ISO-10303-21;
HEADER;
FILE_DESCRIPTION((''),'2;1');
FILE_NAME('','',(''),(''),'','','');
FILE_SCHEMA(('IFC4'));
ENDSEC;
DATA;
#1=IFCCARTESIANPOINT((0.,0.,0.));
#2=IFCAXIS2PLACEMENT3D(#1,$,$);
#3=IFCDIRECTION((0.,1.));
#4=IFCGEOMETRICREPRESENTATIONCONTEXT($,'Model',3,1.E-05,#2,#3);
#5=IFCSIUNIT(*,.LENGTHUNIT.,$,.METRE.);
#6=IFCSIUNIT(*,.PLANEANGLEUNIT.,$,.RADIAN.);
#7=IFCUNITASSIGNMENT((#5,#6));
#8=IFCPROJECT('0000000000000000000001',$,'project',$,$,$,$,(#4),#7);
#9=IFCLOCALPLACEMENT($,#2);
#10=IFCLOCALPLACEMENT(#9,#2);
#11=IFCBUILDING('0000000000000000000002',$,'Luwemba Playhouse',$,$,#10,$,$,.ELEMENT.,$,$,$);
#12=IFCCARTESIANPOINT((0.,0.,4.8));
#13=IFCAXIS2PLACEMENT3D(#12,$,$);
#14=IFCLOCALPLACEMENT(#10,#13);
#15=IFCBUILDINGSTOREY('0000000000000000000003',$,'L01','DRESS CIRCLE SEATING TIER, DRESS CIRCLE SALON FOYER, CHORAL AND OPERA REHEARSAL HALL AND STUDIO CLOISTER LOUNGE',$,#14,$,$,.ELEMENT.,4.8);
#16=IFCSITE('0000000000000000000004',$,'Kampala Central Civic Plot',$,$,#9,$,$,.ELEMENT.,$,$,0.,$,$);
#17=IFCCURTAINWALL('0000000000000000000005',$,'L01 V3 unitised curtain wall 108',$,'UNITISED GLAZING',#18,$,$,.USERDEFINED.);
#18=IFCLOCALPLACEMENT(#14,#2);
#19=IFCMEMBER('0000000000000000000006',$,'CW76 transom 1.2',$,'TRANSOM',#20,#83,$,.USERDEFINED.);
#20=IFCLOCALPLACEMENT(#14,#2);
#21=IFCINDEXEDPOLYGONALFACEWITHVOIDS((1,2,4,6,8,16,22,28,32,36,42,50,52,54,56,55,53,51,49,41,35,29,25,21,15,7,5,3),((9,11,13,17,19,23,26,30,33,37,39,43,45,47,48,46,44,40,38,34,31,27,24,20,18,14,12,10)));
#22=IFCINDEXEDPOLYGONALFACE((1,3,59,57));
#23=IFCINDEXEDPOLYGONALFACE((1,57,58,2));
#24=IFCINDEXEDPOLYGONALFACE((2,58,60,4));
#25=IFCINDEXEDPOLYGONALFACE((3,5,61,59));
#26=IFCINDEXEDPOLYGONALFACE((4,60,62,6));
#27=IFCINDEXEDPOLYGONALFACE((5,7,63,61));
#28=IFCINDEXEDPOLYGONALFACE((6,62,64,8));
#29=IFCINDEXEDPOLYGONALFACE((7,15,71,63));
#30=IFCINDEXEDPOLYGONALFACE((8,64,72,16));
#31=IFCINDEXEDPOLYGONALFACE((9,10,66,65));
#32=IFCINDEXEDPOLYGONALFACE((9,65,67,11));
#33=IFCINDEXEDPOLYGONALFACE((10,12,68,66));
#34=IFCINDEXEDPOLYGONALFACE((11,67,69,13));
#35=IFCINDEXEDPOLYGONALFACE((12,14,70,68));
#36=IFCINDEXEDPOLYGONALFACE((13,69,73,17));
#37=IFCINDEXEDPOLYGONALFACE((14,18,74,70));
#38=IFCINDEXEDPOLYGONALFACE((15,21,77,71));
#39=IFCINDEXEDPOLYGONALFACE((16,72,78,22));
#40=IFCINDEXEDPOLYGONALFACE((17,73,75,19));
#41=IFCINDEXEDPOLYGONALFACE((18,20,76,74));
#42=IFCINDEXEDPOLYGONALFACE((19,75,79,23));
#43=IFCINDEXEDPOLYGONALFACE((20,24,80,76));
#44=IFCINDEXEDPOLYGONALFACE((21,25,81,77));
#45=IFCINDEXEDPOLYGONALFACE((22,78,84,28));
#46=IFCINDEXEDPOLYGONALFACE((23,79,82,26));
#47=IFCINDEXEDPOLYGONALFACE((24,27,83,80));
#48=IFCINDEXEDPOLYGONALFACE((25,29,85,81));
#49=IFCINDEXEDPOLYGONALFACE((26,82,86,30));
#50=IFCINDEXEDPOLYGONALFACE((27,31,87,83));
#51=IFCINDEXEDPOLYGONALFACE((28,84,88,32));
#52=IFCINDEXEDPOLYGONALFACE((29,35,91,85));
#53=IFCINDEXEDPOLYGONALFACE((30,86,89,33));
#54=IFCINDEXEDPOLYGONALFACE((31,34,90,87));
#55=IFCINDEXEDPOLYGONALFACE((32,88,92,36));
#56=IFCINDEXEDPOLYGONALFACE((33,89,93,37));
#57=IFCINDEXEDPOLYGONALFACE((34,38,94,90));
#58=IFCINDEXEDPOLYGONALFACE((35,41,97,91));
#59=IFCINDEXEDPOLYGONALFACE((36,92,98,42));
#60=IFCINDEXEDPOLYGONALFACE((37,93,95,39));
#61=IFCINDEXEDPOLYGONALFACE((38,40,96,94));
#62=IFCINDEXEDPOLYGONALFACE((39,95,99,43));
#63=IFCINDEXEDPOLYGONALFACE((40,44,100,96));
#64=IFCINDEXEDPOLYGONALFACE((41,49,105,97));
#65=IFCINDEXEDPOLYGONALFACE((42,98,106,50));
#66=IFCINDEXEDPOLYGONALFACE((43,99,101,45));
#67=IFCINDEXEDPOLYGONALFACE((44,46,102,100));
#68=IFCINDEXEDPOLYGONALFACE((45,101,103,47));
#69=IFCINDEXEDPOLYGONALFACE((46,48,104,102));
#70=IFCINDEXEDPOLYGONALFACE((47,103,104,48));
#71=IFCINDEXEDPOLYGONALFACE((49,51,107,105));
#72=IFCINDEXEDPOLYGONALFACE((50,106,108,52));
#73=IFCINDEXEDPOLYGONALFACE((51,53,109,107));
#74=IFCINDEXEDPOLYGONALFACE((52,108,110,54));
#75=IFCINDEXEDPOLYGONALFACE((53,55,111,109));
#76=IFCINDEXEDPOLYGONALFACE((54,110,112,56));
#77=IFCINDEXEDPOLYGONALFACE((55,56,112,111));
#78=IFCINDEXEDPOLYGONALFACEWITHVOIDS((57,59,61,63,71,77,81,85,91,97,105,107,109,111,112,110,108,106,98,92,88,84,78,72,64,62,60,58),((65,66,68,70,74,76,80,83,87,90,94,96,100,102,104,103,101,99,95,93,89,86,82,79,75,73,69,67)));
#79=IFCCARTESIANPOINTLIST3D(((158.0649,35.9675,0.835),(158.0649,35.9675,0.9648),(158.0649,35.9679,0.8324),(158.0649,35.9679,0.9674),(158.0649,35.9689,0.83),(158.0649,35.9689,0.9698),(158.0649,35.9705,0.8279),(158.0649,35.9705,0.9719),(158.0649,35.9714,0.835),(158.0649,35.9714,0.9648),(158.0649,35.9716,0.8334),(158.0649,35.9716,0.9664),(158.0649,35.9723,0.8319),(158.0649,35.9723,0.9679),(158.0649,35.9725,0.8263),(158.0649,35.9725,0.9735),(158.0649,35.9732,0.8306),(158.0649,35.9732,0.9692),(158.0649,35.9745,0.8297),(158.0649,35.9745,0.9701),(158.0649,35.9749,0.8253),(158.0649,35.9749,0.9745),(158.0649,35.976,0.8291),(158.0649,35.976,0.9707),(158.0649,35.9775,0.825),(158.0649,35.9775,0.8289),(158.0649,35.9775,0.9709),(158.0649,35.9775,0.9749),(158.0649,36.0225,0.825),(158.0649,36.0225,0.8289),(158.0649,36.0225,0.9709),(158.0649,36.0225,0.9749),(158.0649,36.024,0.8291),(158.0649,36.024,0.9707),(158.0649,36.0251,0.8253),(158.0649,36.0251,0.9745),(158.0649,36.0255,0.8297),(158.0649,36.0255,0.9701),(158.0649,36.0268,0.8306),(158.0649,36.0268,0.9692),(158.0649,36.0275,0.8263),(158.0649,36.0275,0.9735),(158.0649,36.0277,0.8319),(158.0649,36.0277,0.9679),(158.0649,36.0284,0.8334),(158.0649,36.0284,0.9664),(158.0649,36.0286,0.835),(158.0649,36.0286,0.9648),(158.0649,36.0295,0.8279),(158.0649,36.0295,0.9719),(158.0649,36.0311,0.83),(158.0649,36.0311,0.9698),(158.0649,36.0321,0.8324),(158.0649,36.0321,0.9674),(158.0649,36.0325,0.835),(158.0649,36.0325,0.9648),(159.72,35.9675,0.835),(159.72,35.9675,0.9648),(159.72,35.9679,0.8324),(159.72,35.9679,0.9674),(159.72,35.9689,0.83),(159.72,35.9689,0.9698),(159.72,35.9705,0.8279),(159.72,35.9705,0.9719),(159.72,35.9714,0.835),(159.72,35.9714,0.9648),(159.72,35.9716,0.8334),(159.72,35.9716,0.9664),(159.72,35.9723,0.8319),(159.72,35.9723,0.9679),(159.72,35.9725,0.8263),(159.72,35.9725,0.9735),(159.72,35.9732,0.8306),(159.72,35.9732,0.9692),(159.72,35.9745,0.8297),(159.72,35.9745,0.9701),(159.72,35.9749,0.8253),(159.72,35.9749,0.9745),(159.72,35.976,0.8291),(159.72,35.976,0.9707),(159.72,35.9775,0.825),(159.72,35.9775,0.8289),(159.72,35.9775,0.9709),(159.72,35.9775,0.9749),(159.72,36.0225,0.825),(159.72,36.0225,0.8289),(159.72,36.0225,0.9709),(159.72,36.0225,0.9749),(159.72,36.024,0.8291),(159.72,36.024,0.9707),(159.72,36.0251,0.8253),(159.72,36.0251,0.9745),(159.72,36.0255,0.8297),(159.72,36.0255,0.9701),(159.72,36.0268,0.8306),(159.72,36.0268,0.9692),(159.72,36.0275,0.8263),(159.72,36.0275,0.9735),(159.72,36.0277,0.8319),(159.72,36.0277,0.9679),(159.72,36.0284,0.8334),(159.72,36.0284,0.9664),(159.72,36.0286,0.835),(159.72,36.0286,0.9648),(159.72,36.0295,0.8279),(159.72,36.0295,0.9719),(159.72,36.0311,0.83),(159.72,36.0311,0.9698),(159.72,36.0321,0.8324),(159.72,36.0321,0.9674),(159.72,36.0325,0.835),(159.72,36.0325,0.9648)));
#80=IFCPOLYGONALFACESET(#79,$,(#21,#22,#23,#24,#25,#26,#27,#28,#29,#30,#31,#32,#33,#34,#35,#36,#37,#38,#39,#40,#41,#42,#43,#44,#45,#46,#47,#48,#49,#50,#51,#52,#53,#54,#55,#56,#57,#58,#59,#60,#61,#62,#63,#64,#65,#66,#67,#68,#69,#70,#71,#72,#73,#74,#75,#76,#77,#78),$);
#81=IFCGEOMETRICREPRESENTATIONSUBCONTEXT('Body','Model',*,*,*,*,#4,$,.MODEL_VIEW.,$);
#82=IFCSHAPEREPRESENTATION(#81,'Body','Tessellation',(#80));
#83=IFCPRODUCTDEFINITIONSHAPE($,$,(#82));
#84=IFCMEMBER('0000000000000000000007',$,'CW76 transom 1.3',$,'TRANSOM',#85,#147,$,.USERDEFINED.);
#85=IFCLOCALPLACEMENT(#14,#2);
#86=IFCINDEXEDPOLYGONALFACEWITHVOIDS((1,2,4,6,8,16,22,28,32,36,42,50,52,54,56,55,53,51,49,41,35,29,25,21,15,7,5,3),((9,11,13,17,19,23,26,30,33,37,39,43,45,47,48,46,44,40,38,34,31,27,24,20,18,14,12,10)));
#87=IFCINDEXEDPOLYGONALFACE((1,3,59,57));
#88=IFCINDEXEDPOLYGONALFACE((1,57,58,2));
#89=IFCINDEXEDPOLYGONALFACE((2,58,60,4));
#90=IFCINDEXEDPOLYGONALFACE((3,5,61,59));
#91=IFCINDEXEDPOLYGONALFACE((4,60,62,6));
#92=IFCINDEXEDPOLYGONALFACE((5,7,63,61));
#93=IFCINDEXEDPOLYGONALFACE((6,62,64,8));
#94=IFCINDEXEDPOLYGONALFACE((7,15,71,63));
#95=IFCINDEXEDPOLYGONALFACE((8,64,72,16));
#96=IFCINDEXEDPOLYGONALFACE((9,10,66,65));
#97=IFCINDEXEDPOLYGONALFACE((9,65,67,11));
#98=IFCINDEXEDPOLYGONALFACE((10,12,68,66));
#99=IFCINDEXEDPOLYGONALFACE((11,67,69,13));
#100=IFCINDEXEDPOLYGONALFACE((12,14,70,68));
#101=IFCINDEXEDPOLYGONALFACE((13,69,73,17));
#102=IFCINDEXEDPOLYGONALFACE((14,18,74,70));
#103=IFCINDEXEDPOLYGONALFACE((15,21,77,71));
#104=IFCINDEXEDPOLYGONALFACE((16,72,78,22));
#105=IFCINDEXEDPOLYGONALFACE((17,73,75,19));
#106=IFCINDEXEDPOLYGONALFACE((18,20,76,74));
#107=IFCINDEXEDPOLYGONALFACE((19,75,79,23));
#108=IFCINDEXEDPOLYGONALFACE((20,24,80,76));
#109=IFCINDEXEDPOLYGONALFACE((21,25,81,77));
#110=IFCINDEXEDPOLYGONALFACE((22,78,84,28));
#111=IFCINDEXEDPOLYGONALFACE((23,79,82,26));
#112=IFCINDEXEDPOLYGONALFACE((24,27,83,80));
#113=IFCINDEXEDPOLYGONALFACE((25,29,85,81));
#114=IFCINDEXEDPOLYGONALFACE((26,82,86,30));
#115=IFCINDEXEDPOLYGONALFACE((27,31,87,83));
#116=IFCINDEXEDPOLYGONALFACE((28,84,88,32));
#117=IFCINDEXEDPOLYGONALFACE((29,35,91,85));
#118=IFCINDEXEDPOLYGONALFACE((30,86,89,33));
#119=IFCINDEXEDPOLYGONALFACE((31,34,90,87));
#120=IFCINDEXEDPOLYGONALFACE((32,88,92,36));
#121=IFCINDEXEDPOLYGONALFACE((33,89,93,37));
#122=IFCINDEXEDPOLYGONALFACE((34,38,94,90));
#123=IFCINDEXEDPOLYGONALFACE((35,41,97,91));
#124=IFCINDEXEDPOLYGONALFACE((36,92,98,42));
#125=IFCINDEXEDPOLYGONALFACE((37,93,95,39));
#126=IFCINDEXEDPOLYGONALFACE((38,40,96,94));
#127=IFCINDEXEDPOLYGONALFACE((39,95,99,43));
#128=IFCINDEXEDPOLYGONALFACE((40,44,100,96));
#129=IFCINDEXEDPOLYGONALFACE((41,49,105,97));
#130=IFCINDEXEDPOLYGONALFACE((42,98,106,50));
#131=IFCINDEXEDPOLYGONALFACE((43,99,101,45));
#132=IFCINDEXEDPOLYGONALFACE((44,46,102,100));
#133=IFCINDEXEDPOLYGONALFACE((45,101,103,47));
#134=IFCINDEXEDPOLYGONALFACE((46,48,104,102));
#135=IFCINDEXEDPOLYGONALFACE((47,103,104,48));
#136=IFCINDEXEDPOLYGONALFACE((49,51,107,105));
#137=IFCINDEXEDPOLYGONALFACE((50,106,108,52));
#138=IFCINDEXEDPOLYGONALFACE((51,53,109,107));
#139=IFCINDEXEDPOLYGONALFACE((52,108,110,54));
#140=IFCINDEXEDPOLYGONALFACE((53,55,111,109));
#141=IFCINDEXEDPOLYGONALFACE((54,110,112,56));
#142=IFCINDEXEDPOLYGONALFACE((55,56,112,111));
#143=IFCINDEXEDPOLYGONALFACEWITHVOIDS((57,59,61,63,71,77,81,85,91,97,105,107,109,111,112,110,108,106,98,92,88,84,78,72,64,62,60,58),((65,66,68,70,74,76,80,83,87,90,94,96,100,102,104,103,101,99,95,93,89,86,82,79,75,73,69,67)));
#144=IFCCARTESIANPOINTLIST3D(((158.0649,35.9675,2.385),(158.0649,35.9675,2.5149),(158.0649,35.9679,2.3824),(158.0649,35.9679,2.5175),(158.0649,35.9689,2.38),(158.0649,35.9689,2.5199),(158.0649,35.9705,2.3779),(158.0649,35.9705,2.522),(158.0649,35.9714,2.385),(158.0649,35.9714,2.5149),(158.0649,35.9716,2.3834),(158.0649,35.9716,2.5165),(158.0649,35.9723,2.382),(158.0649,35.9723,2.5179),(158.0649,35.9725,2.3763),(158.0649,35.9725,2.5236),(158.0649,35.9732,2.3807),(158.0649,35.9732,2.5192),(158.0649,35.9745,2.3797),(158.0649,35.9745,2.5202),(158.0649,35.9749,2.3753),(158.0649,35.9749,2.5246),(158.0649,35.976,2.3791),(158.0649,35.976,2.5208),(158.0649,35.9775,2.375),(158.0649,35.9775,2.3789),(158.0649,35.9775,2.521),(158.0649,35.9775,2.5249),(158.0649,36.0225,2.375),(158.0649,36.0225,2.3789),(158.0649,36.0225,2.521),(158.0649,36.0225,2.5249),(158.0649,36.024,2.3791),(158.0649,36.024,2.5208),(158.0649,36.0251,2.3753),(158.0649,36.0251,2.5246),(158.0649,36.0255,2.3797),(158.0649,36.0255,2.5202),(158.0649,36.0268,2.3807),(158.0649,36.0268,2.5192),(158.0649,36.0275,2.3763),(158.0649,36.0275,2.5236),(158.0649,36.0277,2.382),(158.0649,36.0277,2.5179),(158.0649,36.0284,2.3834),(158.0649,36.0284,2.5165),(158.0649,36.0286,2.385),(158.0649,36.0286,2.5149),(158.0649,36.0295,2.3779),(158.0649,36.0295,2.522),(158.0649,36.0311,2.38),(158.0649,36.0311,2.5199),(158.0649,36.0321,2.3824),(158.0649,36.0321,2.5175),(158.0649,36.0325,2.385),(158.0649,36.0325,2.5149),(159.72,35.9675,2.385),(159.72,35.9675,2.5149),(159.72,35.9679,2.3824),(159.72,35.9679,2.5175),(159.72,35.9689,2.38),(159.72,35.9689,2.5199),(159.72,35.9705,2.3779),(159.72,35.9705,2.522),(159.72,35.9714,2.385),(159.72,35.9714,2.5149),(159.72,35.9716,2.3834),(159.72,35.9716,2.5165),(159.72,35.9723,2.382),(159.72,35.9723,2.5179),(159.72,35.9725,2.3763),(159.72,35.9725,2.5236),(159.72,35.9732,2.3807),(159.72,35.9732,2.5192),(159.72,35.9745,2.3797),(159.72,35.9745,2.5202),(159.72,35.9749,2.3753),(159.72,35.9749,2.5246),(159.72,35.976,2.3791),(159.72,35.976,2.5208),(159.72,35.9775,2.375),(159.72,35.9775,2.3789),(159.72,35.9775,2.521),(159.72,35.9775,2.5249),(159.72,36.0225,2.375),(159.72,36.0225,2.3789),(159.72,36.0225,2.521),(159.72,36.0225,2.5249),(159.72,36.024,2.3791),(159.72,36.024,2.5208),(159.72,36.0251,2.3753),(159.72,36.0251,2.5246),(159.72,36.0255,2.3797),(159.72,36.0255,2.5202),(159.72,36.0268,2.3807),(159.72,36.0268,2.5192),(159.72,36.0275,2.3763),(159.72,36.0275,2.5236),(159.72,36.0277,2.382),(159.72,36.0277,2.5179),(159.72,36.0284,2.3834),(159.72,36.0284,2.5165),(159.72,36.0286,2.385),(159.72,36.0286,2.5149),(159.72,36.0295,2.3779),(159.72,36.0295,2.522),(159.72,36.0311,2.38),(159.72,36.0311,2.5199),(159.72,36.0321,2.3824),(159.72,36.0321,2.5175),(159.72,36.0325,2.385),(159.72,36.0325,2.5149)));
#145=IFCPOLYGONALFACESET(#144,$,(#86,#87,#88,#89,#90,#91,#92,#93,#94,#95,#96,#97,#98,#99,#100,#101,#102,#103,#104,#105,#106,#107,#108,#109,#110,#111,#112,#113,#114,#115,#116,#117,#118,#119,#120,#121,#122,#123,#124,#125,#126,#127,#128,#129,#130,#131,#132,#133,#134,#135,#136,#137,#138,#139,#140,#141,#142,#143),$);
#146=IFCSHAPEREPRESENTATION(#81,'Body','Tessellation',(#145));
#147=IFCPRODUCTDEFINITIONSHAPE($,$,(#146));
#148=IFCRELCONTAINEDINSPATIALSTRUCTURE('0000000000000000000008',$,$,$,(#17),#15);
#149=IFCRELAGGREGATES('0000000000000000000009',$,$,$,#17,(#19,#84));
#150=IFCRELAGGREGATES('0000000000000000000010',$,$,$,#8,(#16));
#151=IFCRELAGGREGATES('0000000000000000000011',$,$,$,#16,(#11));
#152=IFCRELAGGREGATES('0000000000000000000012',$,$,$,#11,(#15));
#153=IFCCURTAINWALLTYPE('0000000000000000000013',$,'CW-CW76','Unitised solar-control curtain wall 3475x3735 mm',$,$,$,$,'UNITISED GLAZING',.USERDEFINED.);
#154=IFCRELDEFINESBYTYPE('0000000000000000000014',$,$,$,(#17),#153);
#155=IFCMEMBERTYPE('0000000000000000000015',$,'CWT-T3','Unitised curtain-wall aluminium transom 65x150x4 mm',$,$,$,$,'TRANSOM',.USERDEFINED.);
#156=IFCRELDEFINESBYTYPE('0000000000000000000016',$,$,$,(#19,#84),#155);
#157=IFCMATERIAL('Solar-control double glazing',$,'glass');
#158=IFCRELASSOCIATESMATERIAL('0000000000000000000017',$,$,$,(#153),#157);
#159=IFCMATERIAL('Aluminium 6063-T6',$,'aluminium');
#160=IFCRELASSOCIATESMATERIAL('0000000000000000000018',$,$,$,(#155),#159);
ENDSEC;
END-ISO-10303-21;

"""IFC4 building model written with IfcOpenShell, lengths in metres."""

from ifc_helpers import new_model, si_unit, direction, frame, origin, origin_2d, place, context, subcontext, project, spatial, hollow_rectangle, extrude, material, material_profile, profile_set, type_object, element, aggregate, save


model = new_model("IFC4")

# Units and contexts
model_context = context("Model", 3, precision=1e-05, world=origin(), true_north=direction((0.0, 1.0)))
body_context = subcontext(model_context, "Body", "Model", "MODEL_VIEW")
ifc_project = project(units=[si_unit("LENGTHUNIT", "METRE"), si_unit("PLANEANGLEUNIT", "RADIAN")], contexts=[model_context])

# Site, building, storey
site_placement = place(None, origin())
site = spatial("IfcSite", under=ifc_project, at=site_placement, Name="Kampala Central Civic Plot", CompositionType="ELEMENT", RefElevation=0.0)
building_placement = place(site_placement, origin())
building = spatial("IfcBuilding", under=site, at=building_placement, Name="Luwemba Playhouse", CompositionType="ELEMENT")
storey_placement = place(building_placement, frame((0.0, 0.0, 4.8)))
storey = spatial("IfcBuildingStorey", under=building, at=storey_placement, Name="L01", Description="DRESS CIRCLE SEATING TIER, DRESS CIRCLE SALON FOYER, CHORAL AND OPERA REHEARSAL HALL AND STUDIO CLOISTER LOUNGE", CompositionType="ELEMENT", Elevation=4.8)

# Curtain wall, members
ifc_material_1 = material(Name="Solar-control double glazing", Category="glass")
curtain_wall_type = type_object("IfcCurtainWallType", Name="CW-CW76", Description="Unitised solar-control curtain wall 3475x3735 mm", ElementType="UNITISED GLAZING", PredefinedType="USERDEFINED", material=ifc_material_1)
curtain_wall_placement = place(storey_placement, origin())
curtain_wall = element("IfcCurtainWall", 1, at=curtain_wall_placement, inside=storey, type_object=curtain_wall_type, Name="L01 V3 unitised curtain wall 108", ObjectType="UNITISED GLAZING", PredefinedType="USERDEFINED")
ifc_material_2 = material(Name="Aluminium 6063-T6", Category="aluminium")
ifc_material_profile_1 = material_profile(ifc_material_2, hollow_rectangle(XDim=0.0649, YDim=0.1499, WallThickness=0.0039, InnerFilletRadius=0.0061, OuterFilletRadius=0.01, at=origin_2d()))
ifc_profile_set_1 = profile_set([ifc_material_profile_1], Name="Aluminium 6063-T6")
member_type_1 = type_object("IfcMemberType", Name="CWT-T3", Description="Unitised curtain-wall aluminium transom 65x150x4 mm", ElementType="TRANSOM", PredefinedType="USERDEFINED", material=ifc_profile_set_1)
member_1_placement = place(storey_placement, frame((159.72, 36.0, 0.8999), z_axis=(-1.0, 0.0, 0.0), x_axis=(0.0, -1.0, 0.0)))
member_1 = element("IfcMember", 2, at=member_1_placement, type_object=member_type_1, Name="CW76 transom 1.2", ObjectType="TRANSOM", PredefinedType="USERDEFINED", context=body_context, shape_type="SweptSolid", body=[
    extrude(hollow_rectangle(XDim=0.0649, YDim=0.1499, WallThickness=0.0039, InnerFilletRadius=0.0061, OuterFilletRadius=0.01, at=origin_2d()), origin(), (0.0, 0.0, 1.0), 1.655),
])
member_2_placement = place(storey_placement, frame((159.72, 36.0, 2.45), z_axis=(-1.0, 0.0, 0.0), x_axis=(0.0, -1.0, 0.0)))
member_2 = element("IfcMember", 3, at=member_2_placement, type_object=member_type_1, Name="CW76 transom 1.3", ObjectType="TRANSOM", PredefinedType="USERDEFINED", context=body_context, shape_type="SweptSolid", body=[
    extrude(hollow_rectangle(XDim=0.0649, YDim=0.1499, WallThickness=0.0039, InnerFilletRadius=0.0061, OuterFilletRadius=0.01, at=origin_2d()), origin(), (0.0, 0.0, 1.0), 1.655),
])

aggregate(curtain_wall, [member_1, member_2])

save(model, "model.ifc")
